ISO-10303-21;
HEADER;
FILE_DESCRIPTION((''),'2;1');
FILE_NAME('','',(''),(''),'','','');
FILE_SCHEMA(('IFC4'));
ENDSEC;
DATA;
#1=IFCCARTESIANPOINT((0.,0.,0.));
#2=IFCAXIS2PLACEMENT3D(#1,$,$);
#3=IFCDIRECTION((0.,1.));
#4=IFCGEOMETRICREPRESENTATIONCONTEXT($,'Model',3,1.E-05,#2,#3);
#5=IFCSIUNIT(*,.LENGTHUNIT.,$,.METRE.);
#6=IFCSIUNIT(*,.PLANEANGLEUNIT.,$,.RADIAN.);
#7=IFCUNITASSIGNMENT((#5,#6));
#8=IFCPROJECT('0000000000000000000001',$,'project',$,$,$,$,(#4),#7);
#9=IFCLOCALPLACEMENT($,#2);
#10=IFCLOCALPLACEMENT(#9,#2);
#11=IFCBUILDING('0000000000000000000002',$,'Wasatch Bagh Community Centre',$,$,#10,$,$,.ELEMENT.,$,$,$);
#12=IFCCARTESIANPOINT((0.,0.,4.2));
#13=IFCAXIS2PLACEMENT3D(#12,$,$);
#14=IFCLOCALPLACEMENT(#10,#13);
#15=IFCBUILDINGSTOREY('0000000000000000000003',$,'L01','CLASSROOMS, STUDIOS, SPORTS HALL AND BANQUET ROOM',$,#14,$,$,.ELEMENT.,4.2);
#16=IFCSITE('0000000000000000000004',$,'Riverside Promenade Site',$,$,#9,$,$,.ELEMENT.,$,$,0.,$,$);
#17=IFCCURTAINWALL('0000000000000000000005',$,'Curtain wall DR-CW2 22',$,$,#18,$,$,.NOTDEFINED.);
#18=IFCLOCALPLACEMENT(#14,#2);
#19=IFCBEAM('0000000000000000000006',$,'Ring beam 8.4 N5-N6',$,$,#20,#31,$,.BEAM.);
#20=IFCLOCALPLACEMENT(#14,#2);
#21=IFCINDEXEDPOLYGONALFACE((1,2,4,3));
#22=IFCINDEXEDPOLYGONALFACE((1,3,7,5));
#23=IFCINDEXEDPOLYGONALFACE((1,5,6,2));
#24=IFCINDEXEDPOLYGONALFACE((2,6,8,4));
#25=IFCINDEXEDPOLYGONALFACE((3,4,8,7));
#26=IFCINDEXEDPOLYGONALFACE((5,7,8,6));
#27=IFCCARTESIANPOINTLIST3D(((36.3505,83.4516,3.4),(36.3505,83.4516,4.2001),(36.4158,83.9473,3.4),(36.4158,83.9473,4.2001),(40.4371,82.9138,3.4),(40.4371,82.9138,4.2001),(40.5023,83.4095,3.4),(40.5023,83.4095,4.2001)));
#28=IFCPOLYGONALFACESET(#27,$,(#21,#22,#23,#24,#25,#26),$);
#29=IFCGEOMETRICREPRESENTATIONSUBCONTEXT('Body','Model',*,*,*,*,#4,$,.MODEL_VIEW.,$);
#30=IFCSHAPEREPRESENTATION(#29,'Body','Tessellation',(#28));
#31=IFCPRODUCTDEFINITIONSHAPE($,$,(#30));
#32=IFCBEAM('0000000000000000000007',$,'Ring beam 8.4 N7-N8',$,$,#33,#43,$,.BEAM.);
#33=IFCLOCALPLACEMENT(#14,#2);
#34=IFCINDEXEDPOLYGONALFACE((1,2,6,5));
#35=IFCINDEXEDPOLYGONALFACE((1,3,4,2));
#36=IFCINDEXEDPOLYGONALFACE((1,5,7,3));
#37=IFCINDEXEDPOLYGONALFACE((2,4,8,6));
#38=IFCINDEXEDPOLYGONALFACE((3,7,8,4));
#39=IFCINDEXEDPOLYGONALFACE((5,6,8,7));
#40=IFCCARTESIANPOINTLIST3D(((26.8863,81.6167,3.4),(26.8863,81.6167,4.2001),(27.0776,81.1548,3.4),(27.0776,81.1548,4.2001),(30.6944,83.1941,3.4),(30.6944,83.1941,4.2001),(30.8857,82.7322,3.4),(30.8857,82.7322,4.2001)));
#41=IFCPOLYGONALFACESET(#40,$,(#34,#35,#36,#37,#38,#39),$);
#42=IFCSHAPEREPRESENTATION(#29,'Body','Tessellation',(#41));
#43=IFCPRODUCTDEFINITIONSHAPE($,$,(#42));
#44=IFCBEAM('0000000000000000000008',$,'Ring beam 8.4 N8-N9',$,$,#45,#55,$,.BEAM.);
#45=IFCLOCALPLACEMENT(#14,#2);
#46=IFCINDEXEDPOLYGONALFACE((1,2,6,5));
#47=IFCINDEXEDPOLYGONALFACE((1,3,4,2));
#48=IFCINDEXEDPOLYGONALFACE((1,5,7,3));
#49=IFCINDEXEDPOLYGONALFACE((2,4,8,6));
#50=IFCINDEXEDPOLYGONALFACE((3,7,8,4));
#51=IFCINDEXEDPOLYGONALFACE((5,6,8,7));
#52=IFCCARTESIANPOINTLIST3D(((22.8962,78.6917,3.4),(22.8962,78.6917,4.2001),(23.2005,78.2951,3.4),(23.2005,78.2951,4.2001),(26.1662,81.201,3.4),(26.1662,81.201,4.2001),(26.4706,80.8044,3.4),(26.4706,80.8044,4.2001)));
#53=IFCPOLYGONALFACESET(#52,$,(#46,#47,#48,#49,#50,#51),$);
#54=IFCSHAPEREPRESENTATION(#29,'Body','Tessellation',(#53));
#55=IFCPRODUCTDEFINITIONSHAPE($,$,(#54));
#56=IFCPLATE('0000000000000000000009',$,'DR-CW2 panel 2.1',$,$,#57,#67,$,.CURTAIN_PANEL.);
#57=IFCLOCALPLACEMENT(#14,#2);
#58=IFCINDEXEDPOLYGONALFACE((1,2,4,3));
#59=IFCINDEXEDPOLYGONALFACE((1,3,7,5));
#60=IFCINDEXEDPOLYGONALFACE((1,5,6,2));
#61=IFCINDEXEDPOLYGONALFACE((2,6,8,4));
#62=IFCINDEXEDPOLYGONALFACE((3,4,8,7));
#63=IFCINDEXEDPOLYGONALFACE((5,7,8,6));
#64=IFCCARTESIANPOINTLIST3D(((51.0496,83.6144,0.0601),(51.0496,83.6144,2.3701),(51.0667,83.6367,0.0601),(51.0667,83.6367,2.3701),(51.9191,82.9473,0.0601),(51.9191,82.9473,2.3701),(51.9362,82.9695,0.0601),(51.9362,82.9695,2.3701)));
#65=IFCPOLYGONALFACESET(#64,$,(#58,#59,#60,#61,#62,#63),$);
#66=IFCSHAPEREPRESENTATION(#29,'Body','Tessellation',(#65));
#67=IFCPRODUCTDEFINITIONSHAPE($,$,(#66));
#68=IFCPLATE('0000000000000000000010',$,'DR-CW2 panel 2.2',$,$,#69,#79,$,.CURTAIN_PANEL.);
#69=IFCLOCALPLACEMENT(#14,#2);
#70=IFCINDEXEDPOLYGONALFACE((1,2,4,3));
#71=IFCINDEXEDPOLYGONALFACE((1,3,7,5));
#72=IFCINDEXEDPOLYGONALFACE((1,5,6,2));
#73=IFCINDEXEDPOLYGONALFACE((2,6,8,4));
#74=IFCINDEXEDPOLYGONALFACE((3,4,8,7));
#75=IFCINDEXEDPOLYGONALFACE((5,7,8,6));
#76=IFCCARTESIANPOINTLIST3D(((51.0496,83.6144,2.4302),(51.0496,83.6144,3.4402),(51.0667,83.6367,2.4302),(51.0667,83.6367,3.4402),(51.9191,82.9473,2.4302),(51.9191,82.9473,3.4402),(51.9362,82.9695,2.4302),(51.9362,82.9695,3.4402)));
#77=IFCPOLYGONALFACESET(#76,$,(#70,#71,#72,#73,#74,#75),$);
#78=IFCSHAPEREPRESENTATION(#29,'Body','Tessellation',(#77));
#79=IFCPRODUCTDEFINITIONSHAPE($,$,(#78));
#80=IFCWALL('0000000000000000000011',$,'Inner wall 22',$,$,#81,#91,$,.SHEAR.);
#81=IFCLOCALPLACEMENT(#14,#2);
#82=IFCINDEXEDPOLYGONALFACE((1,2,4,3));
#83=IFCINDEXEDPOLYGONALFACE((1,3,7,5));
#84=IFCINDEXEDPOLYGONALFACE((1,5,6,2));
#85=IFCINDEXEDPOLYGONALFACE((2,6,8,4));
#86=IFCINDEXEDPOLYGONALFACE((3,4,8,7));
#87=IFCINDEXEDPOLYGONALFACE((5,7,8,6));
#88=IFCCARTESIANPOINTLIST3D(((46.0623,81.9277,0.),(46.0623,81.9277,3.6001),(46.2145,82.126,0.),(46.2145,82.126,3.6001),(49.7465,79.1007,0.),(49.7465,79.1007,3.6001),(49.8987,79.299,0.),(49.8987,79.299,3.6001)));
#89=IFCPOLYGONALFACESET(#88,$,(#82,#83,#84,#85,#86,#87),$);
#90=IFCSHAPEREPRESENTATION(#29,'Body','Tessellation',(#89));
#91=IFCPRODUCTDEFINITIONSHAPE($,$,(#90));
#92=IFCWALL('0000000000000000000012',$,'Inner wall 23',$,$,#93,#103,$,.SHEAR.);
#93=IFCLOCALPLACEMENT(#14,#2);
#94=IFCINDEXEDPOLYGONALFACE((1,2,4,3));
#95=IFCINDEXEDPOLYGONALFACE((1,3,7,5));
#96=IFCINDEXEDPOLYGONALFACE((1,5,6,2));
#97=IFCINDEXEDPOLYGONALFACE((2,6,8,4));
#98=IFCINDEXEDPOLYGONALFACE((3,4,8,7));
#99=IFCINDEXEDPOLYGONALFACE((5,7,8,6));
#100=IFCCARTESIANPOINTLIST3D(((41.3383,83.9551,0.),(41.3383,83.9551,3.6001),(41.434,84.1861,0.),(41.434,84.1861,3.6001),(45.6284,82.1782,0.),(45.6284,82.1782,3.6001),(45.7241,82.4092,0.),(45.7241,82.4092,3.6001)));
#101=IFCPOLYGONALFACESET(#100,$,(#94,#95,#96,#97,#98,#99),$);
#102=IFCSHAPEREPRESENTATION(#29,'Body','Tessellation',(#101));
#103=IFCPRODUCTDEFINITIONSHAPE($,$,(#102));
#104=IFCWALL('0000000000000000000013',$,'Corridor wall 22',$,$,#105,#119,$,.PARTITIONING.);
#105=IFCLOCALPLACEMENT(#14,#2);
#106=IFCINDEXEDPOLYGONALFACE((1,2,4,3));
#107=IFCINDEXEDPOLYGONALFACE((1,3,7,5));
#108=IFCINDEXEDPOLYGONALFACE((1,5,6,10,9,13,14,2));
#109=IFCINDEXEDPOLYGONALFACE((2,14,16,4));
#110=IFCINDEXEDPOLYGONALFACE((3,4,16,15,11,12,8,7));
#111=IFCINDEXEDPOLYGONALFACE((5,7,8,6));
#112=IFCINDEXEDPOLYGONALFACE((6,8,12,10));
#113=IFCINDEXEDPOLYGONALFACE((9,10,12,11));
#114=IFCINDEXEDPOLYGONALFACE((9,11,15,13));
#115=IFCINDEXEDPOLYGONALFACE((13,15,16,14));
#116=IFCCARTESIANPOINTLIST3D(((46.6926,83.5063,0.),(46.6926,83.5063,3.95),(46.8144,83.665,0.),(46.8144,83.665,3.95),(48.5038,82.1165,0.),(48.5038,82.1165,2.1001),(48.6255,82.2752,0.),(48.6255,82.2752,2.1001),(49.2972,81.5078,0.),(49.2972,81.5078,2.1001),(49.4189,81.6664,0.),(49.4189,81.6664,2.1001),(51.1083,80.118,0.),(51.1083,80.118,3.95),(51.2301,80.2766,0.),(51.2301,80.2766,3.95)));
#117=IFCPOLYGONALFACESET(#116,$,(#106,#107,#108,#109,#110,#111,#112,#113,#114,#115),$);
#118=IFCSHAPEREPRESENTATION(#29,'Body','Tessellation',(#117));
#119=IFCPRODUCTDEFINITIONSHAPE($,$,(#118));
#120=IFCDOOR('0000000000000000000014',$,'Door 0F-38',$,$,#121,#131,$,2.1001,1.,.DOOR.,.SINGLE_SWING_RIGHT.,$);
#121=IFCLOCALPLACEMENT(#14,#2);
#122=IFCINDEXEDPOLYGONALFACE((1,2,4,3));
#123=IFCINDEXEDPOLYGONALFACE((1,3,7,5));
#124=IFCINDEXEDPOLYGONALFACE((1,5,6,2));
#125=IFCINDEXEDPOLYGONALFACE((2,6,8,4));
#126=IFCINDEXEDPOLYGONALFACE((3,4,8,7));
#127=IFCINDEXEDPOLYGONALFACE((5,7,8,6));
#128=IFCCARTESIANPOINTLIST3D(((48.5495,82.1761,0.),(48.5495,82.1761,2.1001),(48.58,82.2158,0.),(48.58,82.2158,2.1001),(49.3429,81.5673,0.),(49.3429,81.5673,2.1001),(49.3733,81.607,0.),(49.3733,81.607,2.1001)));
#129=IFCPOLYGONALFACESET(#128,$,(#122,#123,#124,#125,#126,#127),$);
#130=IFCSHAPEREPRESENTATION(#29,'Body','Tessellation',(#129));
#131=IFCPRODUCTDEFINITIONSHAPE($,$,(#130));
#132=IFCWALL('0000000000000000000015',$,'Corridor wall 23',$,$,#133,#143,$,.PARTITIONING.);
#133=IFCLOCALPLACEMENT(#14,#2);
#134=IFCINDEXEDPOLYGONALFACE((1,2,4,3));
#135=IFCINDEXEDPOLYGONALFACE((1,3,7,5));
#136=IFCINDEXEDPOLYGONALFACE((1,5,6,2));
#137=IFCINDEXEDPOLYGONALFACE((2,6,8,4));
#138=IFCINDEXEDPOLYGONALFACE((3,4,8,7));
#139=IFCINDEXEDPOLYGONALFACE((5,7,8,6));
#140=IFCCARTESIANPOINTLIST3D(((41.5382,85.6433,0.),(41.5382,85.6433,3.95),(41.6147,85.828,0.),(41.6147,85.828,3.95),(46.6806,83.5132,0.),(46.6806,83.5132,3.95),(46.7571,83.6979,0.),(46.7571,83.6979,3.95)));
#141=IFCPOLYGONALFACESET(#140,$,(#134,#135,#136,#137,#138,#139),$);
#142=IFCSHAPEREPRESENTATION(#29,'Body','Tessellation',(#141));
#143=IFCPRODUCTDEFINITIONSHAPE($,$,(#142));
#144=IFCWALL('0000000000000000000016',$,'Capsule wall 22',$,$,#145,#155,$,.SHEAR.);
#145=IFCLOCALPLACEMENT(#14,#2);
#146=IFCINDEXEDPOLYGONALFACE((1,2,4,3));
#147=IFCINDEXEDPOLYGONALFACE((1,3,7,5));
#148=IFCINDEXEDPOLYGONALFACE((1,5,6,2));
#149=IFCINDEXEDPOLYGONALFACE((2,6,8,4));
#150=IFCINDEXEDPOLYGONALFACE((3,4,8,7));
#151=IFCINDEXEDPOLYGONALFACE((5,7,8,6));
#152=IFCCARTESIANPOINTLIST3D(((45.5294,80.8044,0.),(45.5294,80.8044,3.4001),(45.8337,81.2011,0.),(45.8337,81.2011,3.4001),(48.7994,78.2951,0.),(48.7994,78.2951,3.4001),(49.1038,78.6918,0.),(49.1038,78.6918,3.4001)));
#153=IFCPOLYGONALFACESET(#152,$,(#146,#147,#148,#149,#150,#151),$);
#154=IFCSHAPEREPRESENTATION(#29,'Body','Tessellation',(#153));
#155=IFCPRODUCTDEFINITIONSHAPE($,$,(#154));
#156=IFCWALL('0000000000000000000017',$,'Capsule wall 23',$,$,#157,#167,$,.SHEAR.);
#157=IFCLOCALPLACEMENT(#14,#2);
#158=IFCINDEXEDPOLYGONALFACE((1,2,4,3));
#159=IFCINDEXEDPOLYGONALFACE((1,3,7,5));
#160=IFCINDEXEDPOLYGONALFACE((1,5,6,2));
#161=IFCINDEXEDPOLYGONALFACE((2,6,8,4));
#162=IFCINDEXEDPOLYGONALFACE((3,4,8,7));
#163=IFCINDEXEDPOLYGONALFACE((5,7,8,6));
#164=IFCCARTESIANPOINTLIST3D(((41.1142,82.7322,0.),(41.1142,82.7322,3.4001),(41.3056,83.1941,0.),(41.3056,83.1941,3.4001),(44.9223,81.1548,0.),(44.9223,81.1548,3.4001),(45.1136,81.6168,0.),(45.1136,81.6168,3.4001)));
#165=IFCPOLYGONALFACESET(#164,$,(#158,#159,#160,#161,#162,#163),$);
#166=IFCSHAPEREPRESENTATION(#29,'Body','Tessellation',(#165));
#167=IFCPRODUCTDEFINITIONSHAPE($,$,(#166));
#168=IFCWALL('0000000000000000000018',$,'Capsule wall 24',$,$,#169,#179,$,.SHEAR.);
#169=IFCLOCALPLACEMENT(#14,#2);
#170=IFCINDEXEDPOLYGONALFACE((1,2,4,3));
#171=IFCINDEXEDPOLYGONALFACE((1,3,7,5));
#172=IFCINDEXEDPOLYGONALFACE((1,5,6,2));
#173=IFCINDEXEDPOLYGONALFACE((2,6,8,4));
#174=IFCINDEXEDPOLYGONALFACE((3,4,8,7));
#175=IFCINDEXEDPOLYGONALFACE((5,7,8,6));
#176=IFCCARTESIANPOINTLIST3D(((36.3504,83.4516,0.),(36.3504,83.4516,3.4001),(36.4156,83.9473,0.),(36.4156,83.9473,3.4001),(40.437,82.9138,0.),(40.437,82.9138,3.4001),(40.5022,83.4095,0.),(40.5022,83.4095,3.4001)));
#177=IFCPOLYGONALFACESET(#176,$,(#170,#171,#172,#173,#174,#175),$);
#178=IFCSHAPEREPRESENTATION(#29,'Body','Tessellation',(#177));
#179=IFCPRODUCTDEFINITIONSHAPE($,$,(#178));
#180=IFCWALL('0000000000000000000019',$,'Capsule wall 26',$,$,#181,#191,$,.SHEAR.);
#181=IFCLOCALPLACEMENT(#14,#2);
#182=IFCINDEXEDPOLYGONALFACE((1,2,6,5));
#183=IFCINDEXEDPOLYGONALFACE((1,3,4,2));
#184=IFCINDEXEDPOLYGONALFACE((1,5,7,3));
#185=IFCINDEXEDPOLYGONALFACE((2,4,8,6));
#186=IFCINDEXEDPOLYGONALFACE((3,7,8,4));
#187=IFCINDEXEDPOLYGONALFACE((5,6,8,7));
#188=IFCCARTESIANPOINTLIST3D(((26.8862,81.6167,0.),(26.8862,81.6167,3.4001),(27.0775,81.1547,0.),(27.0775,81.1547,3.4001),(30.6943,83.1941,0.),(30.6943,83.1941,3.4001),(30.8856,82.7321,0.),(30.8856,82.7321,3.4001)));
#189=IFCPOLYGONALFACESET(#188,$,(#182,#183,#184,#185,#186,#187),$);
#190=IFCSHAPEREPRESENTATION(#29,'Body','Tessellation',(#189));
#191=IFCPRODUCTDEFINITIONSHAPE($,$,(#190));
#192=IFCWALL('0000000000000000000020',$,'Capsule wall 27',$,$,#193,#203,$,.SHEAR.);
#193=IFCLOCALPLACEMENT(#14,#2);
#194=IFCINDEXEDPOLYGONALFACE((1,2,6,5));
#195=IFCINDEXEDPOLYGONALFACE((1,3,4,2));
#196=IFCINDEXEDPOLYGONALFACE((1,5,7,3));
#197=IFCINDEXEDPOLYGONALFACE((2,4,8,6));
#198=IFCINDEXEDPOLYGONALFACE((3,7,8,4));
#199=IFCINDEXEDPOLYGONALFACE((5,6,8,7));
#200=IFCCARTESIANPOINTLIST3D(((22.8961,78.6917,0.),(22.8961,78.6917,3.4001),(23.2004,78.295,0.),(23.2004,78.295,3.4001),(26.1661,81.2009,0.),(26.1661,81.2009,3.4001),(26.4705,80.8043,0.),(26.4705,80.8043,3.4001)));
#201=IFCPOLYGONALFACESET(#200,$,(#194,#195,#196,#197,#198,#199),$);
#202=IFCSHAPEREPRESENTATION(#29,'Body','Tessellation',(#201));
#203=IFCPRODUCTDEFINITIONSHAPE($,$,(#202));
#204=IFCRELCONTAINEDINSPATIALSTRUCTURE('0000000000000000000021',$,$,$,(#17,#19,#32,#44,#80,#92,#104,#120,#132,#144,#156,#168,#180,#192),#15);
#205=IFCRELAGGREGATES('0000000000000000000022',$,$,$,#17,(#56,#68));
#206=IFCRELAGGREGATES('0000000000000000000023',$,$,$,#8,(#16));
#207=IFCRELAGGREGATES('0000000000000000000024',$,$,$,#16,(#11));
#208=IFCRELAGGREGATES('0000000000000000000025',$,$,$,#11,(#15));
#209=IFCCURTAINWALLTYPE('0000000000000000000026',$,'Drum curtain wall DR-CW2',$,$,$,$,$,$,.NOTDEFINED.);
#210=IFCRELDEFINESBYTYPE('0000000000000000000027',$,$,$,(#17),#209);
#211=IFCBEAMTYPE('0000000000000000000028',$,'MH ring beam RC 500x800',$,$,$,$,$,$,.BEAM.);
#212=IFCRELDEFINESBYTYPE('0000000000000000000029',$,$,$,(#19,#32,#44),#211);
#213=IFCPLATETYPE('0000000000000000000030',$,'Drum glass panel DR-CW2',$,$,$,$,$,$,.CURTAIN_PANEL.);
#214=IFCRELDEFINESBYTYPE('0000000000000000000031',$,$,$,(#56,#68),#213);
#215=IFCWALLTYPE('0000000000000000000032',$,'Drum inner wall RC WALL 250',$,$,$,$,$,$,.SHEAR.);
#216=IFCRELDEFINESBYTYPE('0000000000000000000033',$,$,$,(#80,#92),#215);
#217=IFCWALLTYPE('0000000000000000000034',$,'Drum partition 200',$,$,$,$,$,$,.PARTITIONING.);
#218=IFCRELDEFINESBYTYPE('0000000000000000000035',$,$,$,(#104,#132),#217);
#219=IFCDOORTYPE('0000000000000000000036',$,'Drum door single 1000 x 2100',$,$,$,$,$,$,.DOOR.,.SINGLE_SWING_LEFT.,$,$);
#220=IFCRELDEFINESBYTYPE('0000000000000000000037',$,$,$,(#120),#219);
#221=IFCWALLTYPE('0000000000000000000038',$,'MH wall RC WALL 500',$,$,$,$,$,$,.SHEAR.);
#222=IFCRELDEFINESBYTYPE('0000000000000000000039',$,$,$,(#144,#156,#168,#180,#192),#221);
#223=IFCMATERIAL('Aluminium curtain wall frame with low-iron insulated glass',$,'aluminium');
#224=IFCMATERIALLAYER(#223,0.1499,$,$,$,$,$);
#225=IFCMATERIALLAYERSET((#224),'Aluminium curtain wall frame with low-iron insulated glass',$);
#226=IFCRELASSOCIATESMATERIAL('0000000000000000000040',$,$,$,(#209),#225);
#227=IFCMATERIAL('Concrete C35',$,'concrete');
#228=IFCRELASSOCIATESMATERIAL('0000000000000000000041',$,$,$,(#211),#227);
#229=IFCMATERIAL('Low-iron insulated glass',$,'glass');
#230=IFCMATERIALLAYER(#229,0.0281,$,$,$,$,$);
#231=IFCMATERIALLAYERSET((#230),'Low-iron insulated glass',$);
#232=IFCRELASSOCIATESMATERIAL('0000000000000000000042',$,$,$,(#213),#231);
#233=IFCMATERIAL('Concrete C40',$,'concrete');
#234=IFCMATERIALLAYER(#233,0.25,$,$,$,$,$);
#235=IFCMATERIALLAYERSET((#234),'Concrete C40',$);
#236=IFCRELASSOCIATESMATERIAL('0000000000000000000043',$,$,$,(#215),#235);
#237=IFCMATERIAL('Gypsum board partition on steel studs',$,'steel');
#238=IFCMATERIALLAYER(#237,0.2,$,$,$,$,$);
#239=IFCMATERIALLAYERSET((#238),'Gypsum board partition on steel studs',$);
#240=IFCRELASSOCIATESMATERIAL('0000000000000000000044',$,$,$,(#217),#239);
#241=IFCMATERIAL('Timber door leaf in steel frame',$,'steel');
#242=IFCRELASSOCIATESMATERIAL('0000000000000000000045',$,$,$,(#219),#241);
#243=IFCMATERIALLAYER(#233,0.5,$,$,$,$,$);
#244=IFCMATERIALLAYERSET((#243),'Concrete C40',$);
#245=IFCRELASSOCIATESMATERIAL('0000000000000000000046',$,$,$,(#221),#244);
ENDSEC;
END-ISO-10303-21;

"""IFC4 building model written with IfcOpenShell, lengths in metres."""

from ifc_helpers import new_model, si_unit, direction, frame, frame_2d, origin, origin_2d, place, context, subcontext, project, spatial, rectangle, extrude, material, layer, layer_set, material_profile, profile_set, type_object, element, fill, aggregate, save


model = new_model("IFC4")

# Units and contexts
model_context = context("Model", 3, precision=1e-05, world=origin(), true_north=direction((0.0, 1.0)))
body_context = subcontext(model_context, "Body", "Model", "MODEL_VIEW")
ifc_project = project(units=[si_unit("LENGTHUNIT", "METRE"), si_unit("PLANEANGLEUNIT", "RADIAN")], contexts=[model_context])

# Site, building, storey
site_placement = place(None, origin())
site = spatial("IfcSite", under=ifc_project, at=site_placement, Name="Riverside Promenade Site", CompositionType="ELEMENT", RefElevation=0.0)
building_placement = place(site_placement, origin())
building = spatial("IfcBuilding", under=site, at=building_placement, Name="Wasatch Bagh Community Centre", CompositionType="ELEMENT")
storey_placement = place(building_placement, frame((0.0, 0.0, 4.2)))
storey = spatial("IfcBuildingStorey", under=building, at=storey_placement, Name="L01", Description="CLASSROOMS, STUDIOS, SPORTS HALL AND BANQUET ROOM", CompositionType="ELEMENT", Elevation=4.2)

# Shared definitions
ifc_material_1 = material(Name="Concrete C40", Category="concrete")

# Curtain wall
ifc_material_2 = material(Name="Aluminium curtain wall frame with low-iron insulated glass", Category="aluminium")
ifc_layer_1 = layer(ifc_material_2, 0.1499)
ifc_layer_set_1 = layer_set([ifc_layer_1], Name="Aluminium curtain wall frame with low-iron insulated glass")
curtain_wall_type = type_object("IfcCurtainWallType", Name="Drum curtain wall DR-CW2", PredefinedType="NOTDEFINED", material=ifc_layer_set_1)
curtain_wall_placement = place(storey_placement, origin())
curtain_wall = element("IfcCurtainWall", 1, at=curtain_wall_placement, inside=storey, type_object=curtain_wall_type, Name="Curtain wall DR-CW2 22", PredefinedType="NOTDEFINED")

# Shared definitions
ifc_material_3 = material(Name="Concrete C35", Category="concrete")

# Beams
ifc_material_profile_1 = material_profile(ifc_material_3, rectangle(XDim=0.5, YDim=0.8, at=origin_2d()), Name="RC 500x800")
ifc_profile_set_1 = profile_set([ifc_material_profile_1], Name="Concrete C35")
beam_type_1 = type_object("IfcBeamType", Name="MH ring beam RC 500x800", PredefinedType="BEAM", material=ifc_profile_set_1)
for number, where, z_axis, x_axis, name in (
    (2, (40.4697, 83.1616, 3.8), (-0.99145, 0.130484, 0.0), (-0.130484, -0.99145, 0.0), "Ring beam 8.4 N5-N6"),
    (3, (30.79, 82.9631, 3.8), (-0.923878, -0.382688, 0.0), (0.382688, -0.923878, 0.0), "Ring beam 8.4 N7-N8"),
    (4, (26.3184, 81.0027, 3.8), (-0.793341, -0.608777, 0.0), (0.608777, -0.793341, 0.0), "Ring beam 8.4 N8-N9"),
):
    element("IfcBeam", number, at=place(storey_placement, frame(where, z_axis=z_axis, x_axis=x_axis)), inside=storey, type_object=beam_type_1, Name=name, PredefinedType="BEAM", context=body_context, shape_type="SweptSolid", body=[
        extrude(rectangle(XDim=0.5, YDim=0.8, at=origin_2d()), origin(), (0.0, 0.0, 1.0), 4.1218),
    ])

# Plates
ifc_material_4 = material(Name="Low-iron insulated glass", Category="glass")
ifc_layer_2 = layer(ifc_material_4, 0.0281)
ifc_layer_set_2 = layer_set([ifc_layer_2], Name="Low-iron insulated glass")
plate_type = type_object("IfcPlateType", Name="Drum glass panel DR-CW2", PredefinedType="CURTAIN_PANEL", material=ifc_layer_set_2)
plate_1_placement = place(storey_placement, frame((51.4929, 83.292, 0.0601), z_axis=(0.0, 0.0, 1.0), x_axis=(-0.793353, 0.608761, 0.0)))
plate_1 = element("IfcPlate", 5, at=plate_1_placement, type_object=plate_type, Name="DR-CW2 panel 2.1", PredefinedType="CURTAIN_PANEL", context=body_context, shape_type="SweptSolid", body=[
    extrude(rectangle(XDim=1.0959, YDim=0.0281, at=origin_2d()), origin(), (0.0, 0.0, 1.0), 2.3101),
])
plate_2_placement = place(storey_placement, frame((51.4929, 83.292, 2.4302), z_axis=(0.0, 0.0, 1.0), x_axis=(-0.793353, 0.608761, 0.0)))
plate_2 = element("IfcPlate", 6, at=plate_2_placement, type_object=plate_type, Name="DR-CW2 panel 2.2", PredefinedType="CURTAIN_PANEL", context=body_context, shape_type="SweptSolid", body=[
    extrude(rectangle(XDim=1.0959, YDim=0.0281, at=origin_2d()), origin(), (0.0, 0.0, 1.0), 1.01),
])
aggregate(curtain_wall, [plate_1, plate_2])

# Walls
ifc_layer_3 = layer(ifc_material_1, 0.25)
ifc_layer_set_3 = layer_set([ifc_layer_3], Name="Concrete C40")
wall_type_1 = type_object("IfcWallType", Name="Drum inner wall RC WALL 250", PredefinedType="SHEAR", material=ifc_layer_set_3)
wall_1_placement = place(storey_placement, frame((49.8225, 79.2, 0.0), z_axis=(0.0, 0.0, 1.0), x_axis=(-0.793352, 0.608763, 0.0)))
element("IfcWall", 7, at=wall_1_placement, inside=storey, type_object=wall_type_1, Name="Inner wall 22", PredefinedType="SHEAR", context=body_context, shape_type="SweptSolid", body=[
    extrude(rectangle(XDim=4.6438, YDim=0.25, at=frame_2d((2.3218, 0.0))), origin(), (0.0, 0.0, 1.0), 3.6001),
])
wall_2_placement = place(storey_placement, frame((45.6763, 82.2937, 0.0), z_axis=(0.0, 0.0, 1.0), x_axis=(-0.92389, 0.382658, 0.0)))
element("IfcWall", 8, at=wall_2_placement, inside=storey, type_object=wall_type_1, Name="Inner wall 23", PredefinedType="SHEAR", context=body_context, shape_type="SweptSolid", body=[
    extrude(rectangle(XDim=4.6436, YDim=0.25, at=frame_2d((2.3218, 0.0))), origin(), (0.0, 0.0, 1.0), 3.6001),
])

# Wall, opening, door
ifc_material_5 = material(Name="Gypsum board partition on steel studs", Category="steel")
ifc_layer_4 = layer(ifc_material_5, 0.2)
ifc_layer_set_4 = layer_set([ifc_layer_4], Name="Gypsum board partition on steel studs")
wall_type_2 = type_object("IfcWallType", Name="Drum partition 200", PredefinedType="PARTITIONING", material=ifc_layer_set_4)
wall_3_placement = place(storey_placement, frame((51.1692, 80.1973, 0.0), z_axis=(0.0, 0.0, 1.0), x_axis=(-0.793346, 0.608771, 0.0)))
wall_3 = element("IfcWall", 9, at=wall_3_placement, inside=storey, type_object=wall_type_2, Name="Corridor wall 22", PredefinedType="PARTITIONING", context=body_context, shape_type="SweptSolid", body=[
    extrude(rectangle(XDim=5.5659, YDim=0.2, at=frame_2d((2.783, 0.0))), origin(), (0.0, 0.0, 1.0), 3.95),
])
opening_placement = place(wall_3_placement, frame((2.283, 0.0, 0.0)))
opening = element("IfcOpeningElement", 10, at=opening_placement, cuts=wall_3, PredefinedType="OPENING", context=body_context, shape_type="SweptSolid", body=[
    extrude(rectangle(XDim=1.0, YDim=2.1001, at=frame_2d((0.5, 1.05))), frame((0.0, 0.1099, 0.0), z_axis=(0.0, -1.0, 0.0), x_axis=(1.0, 0.0, 0.0)), (0.0, 0.0, 1.0), 0.22),
])
ifc_material_6 = material(Name="Timber door leaf in steel frame", Category="steel")
door_type = type_object("IfcDoorType", Name="Drum door single 1000 x 2100", OperationType="SINGLE_SWING_LEFT", PredefinedType="DOOR", material=ifc_material_6)
door_placement = place(opening_placement, origin())
door = element("IfcDoor", 11, at=door_placement, inside=storey, type_object=door_type, Name="Door 0F-38", OperationType="SINGLE_SWING_RIGHT", OverallHeight=2.1001, OverallWidth=1.0, PredefinedType="DOOR", context=body_context, shape_type="SweptSolid", body=[
    extrude(rectangle(XDim=1.0, YDim=2.1001, at=frame_2d((0.5, 1.05))), frame((0.0, 0.0249, 0.0), z_axis=(0.0, -1.0, 0.0), x_axis=(1.0, 0.0, 0.0)), (0.0, 0.0, 1.0), 0.05),
])
fill(opening, door)

# Walls
wall_4_placement = place(storey_placement, frame((46.719, 83.6055, 0.0), z_axis=(0.0, 0.0, 1.0), x_axis=(-0.923873, 0.382699, 0.0)))
element("IfcWall", 12, at=wall_4_placement, inside=storey, type_object=wall_type_2, Name="Corridor wall 23", PredefinedType="PARTITIONING", context=body_context, shape_type="SweptSolid", body=[
    extrude(rectangle(XDim=5.5662, YDim=0.2, at=frame_2d((2.7832, 0.0))), origin(), (0.0, 0.0, 1.0), 3.95),
])
ifc_layer_5 = layer(ifc_material_1, 0.5)
ifc_layer_set_5 = layer_set([ifc_layer_5], Name="Concrete C40")
wall_type_3 = type_object("IfcWallType", Name="MH wall RC WALL 500", PredefinedType="SHEAR", material=ifc_layer_set_5)
for number, where, z_axis, x_axis, name in (
    (13, (48.9517, 78.4934, 0.0), (0.0, 0.0, 1.0), (-0.793341, 0.608777, 0.0), "Capsule wall 22"),
    (14, (45.0181, 81.3857, 0.0), (0.0, 0.0, 1.0), (-0.923878, 0.382688, 0.0), "Capsule wall 23"),
    (15, (40.4697, 83.1616, 0.0), (0.0, 0.0, 1.0), (-0.99145, 0.130484, 0.0), "Capsule wall 24"),
    (16, (30.79, 82.9631, 0.0), (0.0, 0.0, 1.0), (-0.923878, -0.382688, 0.0), "Capsule wall 26"),
    (17, (26.3184, 81.0027, 0.0), (0.0, 0.0, 1.0), (-0.793341, -0.608777, 0.0), "Capsule wall 27"),
):
    element("IfcWall", number, at=place(storey_placement, frame(where, z_axis=z_axis, x_axis=x_axis)), inside=storey, type_object=wall_type_3, Name=name, PredefinedType="SHEAR", context=body_context, shape_type="SweptSolid", body=[
        extrude(rectangle(XDim=4.1218, YDim=0.5, at=frame_2d((2.061, 0.0))), origin(), (0.0, 0.0, 1.0), 3.4001),
    ])

save(model, "model.ifc")
